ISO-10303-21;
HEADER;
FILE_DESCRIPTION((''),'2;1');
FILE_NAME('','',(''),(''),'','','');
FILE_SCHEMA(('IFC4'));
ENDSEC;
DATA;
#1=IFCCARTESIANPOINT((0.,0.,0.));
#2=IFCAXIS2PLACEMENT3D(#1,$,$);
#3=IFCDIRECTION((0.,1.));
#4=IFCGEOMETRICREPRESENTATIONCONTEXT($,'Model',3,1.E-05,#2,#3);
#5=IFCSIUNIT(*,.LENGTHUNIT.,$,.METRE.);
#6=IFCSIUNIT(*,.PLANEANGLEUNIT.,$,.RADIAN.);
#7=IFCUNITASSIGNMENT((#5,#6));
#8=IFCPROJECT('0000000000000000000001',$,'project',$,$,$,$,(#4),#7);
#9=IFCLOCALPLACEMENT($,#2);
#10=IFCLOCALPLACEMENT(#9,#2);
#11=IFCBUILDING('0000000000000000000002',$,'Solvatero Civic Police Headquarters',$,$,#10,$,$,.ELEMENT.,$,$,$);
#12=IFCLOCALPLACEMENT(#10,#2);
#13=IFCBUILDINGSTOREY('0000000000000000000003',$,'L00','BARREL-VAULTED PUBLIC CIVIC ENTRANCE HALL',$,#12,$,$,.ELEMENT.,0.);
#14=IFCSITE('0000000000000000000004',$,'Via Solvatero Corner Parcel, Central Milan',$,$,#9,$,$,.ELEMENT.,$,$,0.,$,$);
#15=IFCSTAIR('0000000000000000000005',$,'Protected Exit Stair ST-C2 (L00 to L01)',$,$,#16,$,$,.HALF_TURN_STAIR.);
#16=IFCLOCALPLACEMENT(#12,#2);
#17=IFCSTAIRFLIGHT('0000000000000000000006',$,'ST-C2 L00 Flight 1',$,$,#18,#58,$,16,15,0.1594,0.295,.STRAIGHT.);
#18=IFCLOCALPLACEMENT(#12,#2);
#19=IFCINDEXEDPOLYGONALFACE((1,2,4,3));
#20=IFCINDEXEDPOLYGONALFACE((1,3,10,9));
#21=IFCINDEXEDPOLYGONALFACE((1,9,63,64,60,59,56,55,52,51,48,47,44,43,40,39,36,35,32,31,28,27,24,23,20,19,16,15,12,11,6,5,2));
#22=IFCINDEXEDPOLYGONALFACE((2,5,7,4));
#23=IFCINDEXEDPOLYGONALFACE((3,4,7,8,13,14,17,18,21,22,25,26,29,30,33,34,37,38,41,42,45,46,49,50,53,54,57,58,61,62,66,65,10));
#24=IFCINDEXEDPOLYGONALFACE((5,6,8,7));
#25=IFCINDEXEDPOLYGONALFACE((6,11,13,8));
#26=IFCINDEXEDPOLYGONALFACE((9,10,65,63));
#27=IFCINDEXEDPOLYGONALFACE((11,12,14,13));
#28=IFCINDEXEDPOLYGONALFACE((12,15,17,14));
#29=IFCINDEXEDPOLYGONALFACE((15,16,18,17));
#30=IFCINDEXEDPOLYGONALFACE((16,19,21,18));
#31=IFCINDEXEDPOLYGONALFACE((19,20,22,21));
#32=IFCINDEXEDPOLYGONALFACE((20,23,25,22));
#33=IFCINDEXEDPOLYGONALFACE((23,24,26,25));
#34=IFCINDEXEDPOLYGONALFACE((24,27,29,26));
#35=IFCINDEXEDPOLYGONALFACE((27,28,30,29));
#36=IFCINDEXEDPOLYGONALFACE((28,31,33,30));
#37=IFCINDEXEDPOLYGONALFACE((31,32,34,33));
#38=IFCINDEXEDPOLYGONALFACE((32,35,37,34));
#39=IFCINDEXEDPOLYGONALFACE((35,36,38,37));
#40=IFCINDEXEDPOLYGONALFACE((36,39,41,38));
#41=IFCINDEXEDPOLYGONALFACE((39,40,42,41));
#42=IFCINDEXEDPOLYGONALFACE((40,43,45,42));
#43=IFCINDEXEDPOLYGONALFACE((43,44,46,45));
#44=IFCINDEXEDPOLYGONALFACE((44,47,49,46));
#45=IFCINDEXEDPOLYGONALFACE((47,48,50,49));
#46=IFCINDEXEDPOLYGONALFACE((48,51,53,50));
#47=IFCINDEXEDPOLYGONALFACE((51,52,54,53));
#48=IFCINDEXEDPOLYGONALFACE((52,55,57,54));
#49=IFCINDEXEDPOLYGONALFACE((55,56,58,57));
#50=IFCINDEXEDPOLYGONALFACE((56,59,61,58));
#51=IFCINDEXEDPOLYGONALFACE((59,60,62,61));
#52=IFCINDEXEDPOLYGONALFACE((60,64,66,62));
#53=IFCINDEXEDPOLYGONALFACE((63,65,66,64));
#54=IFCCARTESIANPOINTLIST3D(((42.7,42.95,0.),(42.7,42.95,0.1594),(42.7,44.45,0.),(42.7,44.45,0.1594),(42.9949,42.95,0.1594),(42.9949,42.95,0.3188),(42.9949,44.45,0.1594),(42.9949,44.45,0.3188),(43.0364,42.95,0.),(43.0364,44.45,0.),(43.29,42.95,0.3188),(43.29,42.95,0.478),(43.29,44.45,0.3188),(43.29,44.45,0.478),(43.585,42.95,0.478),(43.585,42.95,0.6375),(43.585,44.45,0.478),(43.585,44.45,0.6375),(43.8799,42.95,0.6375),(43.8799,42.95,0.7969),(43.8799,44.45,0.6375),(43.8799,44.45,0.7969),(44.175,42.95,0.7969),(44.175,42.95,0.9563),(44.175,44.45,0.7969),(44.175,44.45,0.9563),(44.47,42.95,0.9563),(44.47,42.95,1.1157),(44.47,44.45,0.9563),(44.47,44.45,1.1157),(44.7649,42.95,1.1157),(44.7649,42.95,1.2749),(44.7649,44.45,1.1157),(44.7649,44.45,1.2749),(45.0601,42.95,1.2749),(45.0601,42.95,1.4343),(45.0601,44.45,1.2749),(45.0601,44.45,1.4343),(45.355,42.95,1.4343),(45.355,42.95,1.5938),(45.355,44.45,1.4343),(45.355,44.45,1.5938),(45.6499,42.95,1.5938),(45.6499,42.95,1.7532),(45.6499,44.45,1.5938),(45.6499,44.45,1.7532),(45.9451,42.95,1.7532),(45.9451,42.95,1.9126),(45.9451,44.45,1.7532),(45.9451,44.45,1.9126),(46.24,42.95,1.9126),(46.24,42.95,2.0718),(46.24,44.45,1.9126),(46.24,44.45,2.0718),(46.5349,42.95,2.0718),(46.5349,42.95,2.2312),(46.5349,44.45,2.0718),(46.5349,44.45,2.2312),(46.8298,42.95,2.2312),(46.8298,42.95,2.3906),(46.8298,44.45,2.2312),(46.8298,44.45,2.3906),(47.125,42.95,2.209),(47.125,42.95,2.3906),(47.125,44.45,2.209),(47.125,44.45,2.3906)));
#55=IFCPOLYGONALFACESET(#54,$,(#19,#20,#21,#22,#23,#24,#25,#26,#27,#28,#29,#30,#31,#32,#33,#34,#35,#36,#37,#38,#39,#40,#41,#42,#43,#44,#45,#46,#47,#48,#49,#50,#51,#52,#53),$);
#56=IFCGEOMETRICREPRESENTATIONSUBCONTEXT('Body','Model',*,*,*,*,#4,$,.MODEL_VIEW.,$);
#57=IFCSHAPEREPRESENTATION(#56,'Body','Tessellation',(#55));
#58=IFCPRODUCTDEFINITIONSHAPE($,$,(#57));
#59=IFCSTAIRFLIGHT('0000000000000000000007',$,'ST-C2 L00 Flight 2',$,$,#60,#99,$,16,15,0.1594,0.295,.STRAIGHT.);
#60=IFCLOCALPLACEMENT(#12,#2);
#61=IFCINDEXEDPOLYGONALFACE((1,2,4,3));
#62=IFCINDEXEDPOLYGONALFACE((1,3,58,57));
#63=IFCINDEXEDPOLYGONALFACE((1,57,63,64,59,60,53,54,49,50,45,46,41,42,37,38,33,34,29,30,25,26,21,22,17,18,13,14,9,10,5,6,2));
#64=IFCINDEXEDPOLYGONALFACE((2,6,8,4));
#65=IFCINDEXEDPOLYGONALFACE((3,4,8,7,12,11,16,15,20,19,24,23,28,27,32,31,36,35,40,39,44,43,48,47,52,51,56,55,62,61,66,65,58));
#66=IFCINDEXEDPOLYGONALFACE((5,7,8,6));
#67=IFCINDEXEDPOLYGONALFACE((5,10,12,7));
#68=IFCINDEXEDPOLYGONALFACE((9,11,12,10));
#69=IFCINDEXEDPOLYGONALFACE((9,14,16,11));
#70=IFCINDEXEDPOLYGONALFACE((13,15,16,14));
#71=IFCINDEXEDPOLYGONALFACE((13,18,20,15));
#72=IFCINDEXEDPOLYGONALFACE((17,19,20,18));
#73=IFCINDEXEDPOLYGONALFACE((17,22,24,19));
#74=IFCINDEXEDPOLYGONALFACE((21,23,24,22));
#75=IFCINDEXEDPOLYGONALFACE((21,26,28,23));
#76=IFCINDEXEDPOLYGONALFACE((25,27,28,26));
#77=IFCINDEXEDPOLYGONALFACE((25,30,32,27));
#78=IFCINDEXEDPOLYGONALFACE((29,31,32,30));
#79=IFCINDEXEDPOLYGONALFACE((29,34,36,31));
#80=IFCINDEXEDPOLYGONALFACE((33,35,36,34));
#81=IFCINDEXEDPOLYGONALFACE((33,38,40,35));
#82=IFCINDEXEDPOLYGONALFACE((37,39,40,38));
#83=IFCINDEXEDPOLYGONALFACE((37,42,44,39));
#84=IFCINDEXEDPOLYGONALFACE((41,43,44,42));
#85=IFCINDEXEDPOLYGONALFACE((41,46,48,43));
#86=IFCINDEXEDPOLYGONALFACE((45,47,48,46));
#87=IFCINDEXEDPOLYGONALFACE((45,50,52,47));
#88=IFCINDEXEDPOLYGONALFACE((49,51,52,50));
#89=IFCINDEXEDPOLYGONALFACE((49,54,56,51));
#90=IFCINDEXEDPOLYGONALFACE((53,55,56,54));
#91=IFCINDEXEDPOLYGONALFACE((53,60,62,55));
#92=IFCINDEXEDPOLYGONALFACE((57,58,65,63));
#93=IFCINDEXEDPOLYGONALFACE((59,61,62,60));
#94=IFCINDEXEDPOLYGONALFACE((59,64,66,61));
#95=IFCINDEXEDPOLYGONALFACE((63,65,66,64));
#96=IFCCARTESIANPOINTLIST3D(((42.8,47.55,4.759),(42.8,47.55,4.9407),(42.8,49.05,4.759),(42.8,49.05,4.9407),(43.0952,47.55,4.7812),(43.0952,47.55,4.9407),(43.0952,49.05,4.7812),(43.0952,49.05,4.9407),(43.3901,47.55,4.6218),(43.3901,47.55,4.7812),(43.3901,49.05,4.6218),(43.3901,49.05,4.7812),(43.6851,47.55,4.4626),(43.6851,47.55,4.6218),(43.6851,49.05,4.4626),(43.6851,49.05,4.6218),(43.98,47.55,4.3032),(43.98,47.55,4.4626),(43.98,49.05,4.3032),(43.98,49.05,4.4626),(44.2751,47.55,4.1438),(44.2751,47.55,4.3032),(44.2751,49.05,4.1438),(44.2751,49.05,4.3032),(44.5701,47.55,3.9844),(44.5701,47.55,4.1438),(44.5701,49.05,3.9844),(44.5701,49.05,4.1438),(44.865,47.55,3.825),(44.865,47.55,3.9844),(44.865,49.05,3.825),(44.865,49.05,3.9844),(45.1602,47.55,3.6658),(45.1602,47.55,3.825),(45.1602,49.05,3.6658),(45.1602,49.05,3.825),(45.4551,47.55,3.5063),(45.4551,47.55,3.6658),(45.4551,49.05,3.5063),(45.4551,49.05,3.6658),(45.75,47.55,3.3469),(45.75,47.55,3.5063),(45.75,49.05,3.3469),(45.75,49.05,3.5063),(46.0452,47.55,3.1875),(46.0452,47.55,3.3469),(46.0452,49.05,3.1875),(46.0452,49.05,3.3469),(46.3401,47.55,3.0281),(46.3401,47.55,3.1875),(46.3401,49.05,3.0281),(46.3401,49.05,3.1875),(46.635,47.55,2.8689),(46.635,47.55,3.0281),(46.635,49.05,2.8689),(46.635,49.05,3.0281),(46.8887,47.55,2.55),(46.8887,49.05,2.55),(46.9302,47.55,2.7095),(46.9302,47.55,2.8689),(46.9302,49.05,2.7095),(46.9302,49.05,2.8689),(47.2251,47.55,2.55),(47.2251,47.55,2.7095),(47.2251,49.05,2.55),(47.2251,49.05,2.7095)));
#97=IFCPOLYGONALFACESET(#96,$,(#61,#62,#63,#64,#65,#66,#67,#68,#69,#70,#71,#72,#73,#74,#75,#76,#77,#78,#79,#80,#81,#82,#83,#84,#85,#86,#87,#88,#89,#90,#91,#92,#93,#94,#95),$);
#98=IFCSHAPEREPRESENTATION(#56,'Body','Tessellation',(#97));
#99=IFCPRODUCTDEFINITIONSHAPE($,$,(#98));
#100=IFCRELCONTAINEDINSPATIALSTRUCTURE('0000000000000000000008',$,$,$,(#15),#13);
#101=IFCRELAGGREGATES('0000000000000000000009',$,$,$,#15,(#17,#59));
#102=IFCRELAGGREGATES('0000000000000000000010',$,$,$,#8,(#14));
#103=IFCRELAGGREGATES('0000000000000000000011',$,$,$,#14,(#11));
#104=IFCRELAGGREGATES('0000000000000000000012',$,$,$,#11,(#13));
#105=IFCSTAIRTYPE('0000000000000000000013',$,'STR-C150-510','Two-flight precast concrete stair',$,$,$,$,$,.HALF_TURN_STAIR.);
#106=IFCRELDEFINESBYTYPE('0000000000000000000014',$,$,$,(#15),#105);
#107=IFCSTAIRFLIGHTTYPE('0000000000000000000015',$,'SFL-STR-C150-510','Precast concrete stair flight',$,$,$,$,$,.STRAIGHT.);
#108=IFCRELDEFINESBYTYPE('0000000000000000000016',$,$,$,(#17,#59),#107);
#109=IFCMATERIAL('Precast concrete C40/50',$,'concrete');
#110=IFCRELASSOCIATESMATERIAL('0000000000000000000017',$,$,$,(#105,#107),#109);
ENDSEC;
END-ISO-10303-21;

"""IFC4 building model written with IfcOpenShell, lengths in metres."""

from ifc_helpers import new_model, si_unit, direction, frame, origin, place, context, subcontext, project, spatial, polyline, outline, extrude, material, type_object, element, aggregate, save


model = new_model("IFC4")

# Units and contexts
model_context = context("Model", 3, precision=1e-05, world=origin(), true_north=direction((0.0, 1.0)))
body_context = subcontext(model_context, "Body", "Model", "MODEL_VIEW")
ifc_project = project(units=[si_unit("LENGTHUNIT", "METRE"), si_unit("PLANEANGLEUNIT", "RADIAN")], contexts=[model_context])

# Site, building, storey
site_placement = place(None, origin())
site = spatial("IfcSite", under=ifc_project, at=site_placement, Name="Via Solvatero Corner Parcel, Central Milan", CompositionType="ELEMENT", RefElevation=0.0)
building_placement = place(site_placement, origin())
building = spatial("IfcBuilding", under=site, at=building_placement, Name="Solvatero Civic Police Headquarters", CompositionType="ELEMENT")
storey_placement = place(building_placement, origin())
storey = spatial("IfcBuildingStorey", under=building, at=storey_placement, Name="L00", Description="BARREL-VAULTED PUBLIC CIVIC ENTRANCE HALL", CompositionType="ELEMENT", Elevation=0.0)

# Stair, stair flights
ifc_material_1 = material(Name="Precast concrete C40/50", Category="concrete")
stair_type = type_object("IfcStairType", Name="STR-C150-510", Description="Two-flight precast concrete stair", PredefinedType="HALF_TURN_STAIR", material=ifc_material_1)
stair_placement = place(storey_placement, origin())
stair = element("IfcStair", 1, at=stair_placement, inside=storey, type_object=stair_type, Name="Protected Exit Stair ST-C2 (L00 to L01)", PredefinedType="HALF_TURN_STAIR")
stair_flight_type = type_object("IfcStairFlightType", Name="SFL-STR-C150-510", Description="Precast concrete stair flight", PredefinedType="STRAIGHT", material=ifc_material_1)
stair_flight_1_placement = place(storey_placement, frame((42.7, 43.7, 0.0), z_axis=(0.0, 0.0, 1.0), x_axis=(1.0, 0.0, 0.0)))
stair_flight_1 = element("IfcStairFlight", 2, at=stair_flight_1_placement, type_object=stair_flight_type, Name="ST-C2 L00 Flight 1", NumberOfRisers=16, NumberOfTreads=15, PredefinedType="STRAIGHT", RiserHeight=0.1594, TreadLength=0.295, context=body_context, shape_type="SweptSolid", body=[
    extrude(outline(polyline([(0.0, 0.0), (0.0, 0.1594), (0.2949, 0.1594), (0.2949, 0.3188), (0.5901, 0.3188), (0.5901, 0.478), (0.885, 0.478), (0.885, 0.6375), (1.1799, 0.6375), (1.1799, 0.7969), (1.4751, 0.7969), (1.4751, 0.9563), (1.77, 0.9563), (1.77, 1.1157), (2.0649, 1.1157), (2.0649, 1.2749), (2.3601, 1.2749), (2.3601, 1.4343), (2.655, 1.4343), (2.655, 1.5938), (2.95, 1.5938), (2.95, 1.7532), (3.2451, 1.7532), (3.2451, 1.9126), (3.54, 1.9126), (3.54, 2.0718), (3.835, 2.0718), (3.835, 2.2312), (4.1299, 2.2312), (4.1299, 2.3906), (4.425, 2.3906), (4.425, 2.55), (4.425, 2.209), (0.3364, 0.0), (0.0, 0.0)])), frame((0.0, 0.75, 0.0), z_axis=(0.0, -1.0, 0.0), x_axis=(1.0, 0.0, 0.0)), (0.0, 0.0, 1.0), 1.5),
])
stair_flight_2_placement = place(storey_placement, frame((47.2251, 48.3, 2.55), z_axis=(0.0, 0.0, 1.0), x_axis=(-1.0, 0.0, 0.0)))
stair_flight_2 = element("IfcStairFlight", 3, at=stair_flight_2_placement, type_object=stair_flight_type, Name="ST-C2 L00 Flight 2", NumberOfRisers=16, NumberOfTreads=15, PredefinedType="STRAIGHT", RiserHeight=0.1594, TreadLength=0.295, context=body_context, shape_type="SweptSolid", body=[
    extrude(outline(polyline([(0.0, 0.0), (0.0, 0.1594), (0.2949, 0.1594), (0.2949, 0.3188), (0.5901, 0.3188), (0.5901, 0.478), (0.885, 0.478), (0.885, 0.6375), (1.1799, 0.6375), (1.1799, 0.7969), (1.4751, 0.7969), (1.4751, 0.9563), (1.77, 0.9563), (1.77, 1.1157), (2.0649, 1.1157), (2.0649, 1.2749), (2.3601, 1.2749), (2.3601, 1.4343), (2.655, 1.4343), (2.655, 1.5938), (2.95, 1.5938), (2.95, 1.7532), (3.2451, 1.7532), (3.2451, 1.9126), (3.54, 1.9126), (3.54, 2.0718), (3.835, 2.0718), (3.835, 2.2312), (4.1299, 2.2312), (4.1299, 2.3906), (4.425, 2.3906), (4.425, 2.55), (4.425, 2.209), (0.3364, 0.0), (0.0, 0.0)])), frame((0.0, 0.75, 0.0), z_axis=(0.0, -1.0, 0.0), x_axis=(1.0, 0.0, 0.0)), (0.0, 0.0, 1.0), 1.5),
])
aggregate(stair, [stair_flight_1, stair_flight_2])

save(model, "model.ifc")
